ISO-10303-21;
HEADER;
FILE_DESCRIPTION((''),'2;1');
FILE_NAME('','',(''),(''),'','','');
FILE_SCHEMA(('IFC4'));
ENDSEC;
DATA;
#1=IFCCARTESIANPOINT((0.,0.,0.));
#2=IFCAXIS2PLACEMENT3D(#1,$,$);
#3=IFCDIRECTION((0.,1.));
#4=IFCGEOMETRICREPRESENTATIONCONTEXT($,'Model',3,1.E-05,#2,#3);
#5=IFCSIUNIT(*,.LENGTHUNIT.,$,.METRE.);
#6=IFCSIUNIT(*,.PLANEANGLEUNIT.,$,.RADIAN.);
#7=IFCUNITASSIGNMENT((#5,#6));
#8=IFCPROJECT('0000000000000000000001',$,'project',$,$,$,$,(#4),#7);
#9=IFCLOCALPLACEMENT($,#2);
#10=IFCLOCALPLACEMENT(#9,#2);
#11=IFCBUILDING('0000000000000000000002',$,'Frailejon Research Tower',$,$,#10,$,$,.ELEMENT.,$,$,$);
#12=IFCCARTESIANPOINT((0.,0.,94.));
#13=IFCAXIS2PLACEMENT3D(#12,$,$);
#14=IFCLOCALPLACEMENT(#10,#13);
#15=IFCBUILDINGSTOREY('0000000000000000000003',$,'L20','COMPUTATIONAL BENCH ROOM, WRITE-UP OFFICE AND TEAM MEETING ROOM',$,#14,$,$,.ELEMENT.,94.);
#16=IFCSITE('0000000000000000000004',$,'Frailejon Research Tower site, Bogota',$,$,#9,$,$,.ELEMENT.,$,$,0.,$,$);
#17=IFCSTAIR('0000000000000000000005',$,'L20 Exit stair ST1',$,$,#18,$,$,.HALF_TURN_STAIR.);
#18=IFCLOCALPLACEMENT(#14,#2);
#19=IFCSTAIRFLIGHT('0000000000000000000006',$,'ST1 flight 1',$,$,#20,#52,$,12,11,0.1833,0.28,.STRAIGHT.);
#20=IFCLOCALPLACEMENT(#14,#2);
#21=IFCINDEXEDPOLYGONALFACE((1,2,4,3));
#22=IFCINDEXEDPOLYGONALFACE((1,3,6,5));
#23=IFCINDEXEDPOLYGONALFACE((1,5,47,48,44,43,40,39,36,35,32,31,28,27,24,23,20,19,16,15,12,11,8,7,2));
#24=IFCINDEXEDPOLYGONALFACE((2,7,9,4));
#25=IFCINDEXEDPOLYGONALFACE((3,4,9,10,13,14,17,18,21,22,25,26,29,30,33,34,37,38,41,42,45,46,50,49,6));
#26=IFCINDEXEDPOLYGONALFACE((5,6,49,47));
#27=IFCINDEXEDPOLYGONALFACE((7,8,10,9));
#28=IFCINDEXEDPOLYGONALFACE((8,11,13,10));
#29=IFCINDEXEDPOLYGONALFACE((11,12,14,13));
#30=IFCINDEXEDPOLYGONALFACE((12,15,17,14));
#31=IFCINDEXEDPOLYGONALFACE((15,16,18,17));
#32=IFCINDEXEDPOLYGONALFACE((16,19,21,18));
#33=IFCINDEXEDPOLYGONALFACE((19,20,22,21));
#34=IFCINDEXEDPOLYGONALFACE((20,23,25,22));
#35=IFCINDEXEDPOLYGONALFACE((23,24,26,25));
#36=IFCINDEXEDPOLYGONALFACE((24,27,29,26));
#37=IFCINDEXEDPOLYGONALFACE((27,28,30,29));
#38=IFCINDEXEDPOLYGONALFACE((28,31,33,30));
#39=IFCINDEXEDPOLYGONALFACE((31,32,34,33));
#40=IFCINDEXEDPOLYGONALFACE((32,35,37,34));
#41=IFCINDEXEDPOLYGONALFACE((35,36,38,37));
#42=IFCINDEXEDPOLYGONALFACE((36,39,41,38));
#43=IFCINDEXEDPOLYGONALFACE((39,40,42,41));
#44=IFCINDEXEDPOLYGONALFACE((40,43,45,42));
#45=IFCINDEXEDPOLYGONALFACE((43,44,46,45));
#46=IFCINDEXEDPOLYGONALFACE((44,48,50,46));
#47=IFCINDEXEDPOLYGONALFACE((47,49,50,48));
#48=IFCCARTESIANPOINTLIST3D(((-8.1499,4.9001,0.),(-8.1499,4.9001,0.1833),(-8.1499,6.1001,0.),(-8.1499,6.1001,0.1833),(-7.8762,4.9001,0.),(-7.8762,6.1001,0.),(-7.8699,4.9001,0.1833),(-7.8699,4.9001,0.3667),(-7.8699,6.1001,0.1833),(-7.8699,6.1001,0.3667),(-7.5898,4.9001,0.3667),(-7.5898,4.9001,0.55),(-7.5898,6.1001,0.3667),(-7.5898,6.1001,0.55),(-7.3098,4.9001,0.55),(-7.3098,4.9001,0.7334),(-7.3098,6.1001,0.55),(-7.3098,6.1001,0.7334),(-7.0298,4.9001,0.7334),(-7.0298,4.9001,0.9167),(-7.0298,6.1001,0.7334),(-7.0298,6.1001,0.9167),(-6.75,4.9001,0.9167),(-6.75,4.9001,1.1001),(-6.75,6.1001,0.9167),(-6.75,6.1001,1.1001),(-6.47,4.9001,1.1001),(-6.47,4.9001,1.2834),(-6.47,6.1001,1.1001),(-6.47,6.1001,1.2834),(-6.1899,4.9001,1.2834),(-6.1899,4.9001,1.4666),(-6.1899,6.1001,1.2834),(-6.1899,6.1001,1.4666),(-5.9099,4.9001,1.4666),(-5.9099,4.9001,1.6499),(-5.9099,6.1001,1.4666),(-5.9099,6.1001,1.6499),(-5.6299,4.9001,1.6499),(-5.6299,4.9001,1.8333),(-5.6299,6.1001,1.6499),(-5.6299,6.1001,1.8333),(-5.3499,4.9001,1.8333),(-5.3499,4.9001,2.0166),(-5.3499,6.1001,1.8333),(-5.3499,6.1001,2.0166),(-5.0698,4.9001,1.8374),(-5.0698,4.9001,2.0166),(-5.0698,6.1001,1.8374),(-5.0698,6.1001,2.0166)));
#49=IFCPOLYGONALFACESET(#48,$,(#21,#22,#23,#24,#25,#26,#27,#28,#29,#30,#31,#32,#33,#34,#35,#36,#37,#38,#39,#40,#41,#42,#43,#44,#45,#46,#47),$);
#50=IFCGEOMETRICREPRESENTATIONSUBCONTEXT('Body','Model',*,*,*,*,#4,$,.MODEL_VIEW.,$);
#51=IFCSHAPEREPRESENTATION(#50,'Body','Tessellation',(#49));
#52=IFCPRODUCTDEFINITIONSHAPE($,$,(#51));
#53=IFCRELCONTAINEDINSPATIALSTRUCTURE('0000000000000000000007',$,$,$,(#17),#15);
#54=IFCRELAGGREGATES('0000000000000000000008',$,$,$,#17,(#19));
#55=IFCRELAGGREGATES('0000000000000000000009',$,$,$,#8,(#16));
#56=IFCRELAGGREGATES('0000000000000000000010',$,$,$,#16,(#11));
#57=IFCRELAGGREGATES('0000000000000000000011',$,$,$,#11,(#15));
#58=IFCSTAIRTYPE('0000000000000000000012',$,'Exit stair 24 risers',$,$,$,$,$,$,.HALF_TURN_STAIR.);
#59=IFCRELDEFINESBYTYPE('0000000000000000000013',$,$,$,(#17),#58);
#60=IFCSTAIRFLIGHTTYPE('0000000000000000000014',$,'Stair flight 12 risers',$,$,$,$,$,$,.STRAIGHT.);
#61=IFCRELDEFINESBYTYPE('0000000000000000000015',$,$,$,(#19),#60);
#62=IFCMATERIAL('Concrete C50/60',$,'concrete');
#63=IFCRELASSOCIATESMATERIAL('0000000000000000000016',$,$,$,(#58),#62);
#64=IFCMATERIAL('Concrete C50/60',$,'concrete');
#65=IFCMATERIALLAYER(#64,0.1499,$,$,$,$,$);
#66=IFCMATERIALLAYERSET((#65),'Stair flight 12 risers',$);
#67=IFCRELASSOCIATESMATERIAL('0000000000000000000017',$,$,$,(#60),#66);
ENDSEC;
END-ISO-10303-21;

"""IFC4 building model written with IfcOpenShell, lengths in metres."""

from ifc_helpers import new_model, si_unit, direction, frame, origin, place, context, subcontext, project, spatial, polyline, outline, extrude, material, layer, layer_set, type_object, element, aggregate, save


model = new_model("IFC4")

# Units and contexts
model_context = context("Model", 3, precision=1e-05, world=origin(), true_north=direction((0.0, 1.0)))
body_context = subcontext(model_context, "Body", "Model", "MODEL_VIEW")
ifc_project = project(units=[si_unit("LENGTHUNIT", "METRE"), si_unit("PLANEANGLEUNIT", "RADIAN")], contexts=[model_context])

# Site, building, storey
site_placement = place(None, origin())
site = spatial("IfcSite", under=ifc_project, at=site_placement, Name="Frailejon Research Tower site, Bogota", CompositionType="ELEMENT", RefElevation=0.0)
building_placement = place(site_placement, origin())
building = spatial("IfcBuilding", under=site, at=building_placement, Name="Frailejon Research Tower", CompositionType="ELEMENT")
storey_placement = place(building_placement, frame((0.0, 0.0, 94.0)))
storey = spatial("IfcBuildingStorey", under=building, at=storey_placement, Name="L20", Description="COMPUTATIONAL BENCH ROOM, WRITE-UP OFFICE AND TEAM MEETING ROOM", CompositionType="ELEMENT", Elevation=94.0)

# Stair, stair flight
ifc_material_1 = material(Name="Concrete C50/60", Category="concrete")
stair_type = type_object("IfcStairType", Name="Exit stair 24 risers", PredefinedType="HALF_TURN_STAIR", material=ifc_material_1)
stair_placement = place(storey_placement, origin())
stair = element("IfcStair", 1, at=stair_placement, inside=storey, type_object=stair_type, Name="L20 Exit stair ST1", PredefinedType="HALF_TURN_STAIR")
ifc_material_2 = material(Name="Concrete C50/60", Category="concrete")
ifc_layer_1 = layer(ifc_material_2, 0.1499)
ifc_layer_set_1 = layer_set([ifc_layer_1], Name="Stair flight 12 risers")
stair_flight_type = type_object("IfcStairFlightType", Name="Stair flight 12 risers", PredefinedType="STRAIGHT", material=ifc_layer_set_1)
stair_flight_placement = place(storey_placement, frame((-8.1499, 5.5, 0.0), z_axis=(0.0, 0.0, 1.0), x_axis=(1.0, 0.0, 0.0)))
stair_flight = element("IfcStairFlight", 2, at=stair_flight_placement, type_object=stair_flight_type, Name="ST1 flight 1", NumberOfRisers=12, NumberOfTreads=11, PredefinedType="STRAIGHT", RiserHeight=0.1833, TreadLength=0.28, context=body_context, shape_type="SweptSolid", body=[
    extrude(outline(polyline([(0.0, 0.0), (0.0, 0.1833), (0.28, 0.1833), (0.28, 0.3667), (0.5601, 0.3667), (0.5601, 0.55), (0.8401, 0.55), (0.8401, 0.7334), (1.1201, 0.7334), (1.1201, 0.9167), (1.3999, 0.9167), (1.3999, 1.1001), (1.6799, 1.1001), (1.6799, 1.2834), (1.96, 1.2834), (1.96, 1.4666), (2.24, 1.4666), (2.24, 1.6499), (2.52, 1.6499), (2.52, 1.8333), (2.8, 1.8333), (2.8, 2.0166), (3.0801, 2.0166), (3.0801, 2.2), (3.0801, 1.8374), (0.2737, 0.0), (0.0, 0.0)])), frame((0.0, 0.6001, 0.0), z_axis=(0.0, -1.0, 0.0), x_axis=(1.0, 0.0, 0.0)), (0.0, 0.0, 1.0), 1.2),
])
aggregate(stair, [stair_flight])

save(model, "model.ifc")
